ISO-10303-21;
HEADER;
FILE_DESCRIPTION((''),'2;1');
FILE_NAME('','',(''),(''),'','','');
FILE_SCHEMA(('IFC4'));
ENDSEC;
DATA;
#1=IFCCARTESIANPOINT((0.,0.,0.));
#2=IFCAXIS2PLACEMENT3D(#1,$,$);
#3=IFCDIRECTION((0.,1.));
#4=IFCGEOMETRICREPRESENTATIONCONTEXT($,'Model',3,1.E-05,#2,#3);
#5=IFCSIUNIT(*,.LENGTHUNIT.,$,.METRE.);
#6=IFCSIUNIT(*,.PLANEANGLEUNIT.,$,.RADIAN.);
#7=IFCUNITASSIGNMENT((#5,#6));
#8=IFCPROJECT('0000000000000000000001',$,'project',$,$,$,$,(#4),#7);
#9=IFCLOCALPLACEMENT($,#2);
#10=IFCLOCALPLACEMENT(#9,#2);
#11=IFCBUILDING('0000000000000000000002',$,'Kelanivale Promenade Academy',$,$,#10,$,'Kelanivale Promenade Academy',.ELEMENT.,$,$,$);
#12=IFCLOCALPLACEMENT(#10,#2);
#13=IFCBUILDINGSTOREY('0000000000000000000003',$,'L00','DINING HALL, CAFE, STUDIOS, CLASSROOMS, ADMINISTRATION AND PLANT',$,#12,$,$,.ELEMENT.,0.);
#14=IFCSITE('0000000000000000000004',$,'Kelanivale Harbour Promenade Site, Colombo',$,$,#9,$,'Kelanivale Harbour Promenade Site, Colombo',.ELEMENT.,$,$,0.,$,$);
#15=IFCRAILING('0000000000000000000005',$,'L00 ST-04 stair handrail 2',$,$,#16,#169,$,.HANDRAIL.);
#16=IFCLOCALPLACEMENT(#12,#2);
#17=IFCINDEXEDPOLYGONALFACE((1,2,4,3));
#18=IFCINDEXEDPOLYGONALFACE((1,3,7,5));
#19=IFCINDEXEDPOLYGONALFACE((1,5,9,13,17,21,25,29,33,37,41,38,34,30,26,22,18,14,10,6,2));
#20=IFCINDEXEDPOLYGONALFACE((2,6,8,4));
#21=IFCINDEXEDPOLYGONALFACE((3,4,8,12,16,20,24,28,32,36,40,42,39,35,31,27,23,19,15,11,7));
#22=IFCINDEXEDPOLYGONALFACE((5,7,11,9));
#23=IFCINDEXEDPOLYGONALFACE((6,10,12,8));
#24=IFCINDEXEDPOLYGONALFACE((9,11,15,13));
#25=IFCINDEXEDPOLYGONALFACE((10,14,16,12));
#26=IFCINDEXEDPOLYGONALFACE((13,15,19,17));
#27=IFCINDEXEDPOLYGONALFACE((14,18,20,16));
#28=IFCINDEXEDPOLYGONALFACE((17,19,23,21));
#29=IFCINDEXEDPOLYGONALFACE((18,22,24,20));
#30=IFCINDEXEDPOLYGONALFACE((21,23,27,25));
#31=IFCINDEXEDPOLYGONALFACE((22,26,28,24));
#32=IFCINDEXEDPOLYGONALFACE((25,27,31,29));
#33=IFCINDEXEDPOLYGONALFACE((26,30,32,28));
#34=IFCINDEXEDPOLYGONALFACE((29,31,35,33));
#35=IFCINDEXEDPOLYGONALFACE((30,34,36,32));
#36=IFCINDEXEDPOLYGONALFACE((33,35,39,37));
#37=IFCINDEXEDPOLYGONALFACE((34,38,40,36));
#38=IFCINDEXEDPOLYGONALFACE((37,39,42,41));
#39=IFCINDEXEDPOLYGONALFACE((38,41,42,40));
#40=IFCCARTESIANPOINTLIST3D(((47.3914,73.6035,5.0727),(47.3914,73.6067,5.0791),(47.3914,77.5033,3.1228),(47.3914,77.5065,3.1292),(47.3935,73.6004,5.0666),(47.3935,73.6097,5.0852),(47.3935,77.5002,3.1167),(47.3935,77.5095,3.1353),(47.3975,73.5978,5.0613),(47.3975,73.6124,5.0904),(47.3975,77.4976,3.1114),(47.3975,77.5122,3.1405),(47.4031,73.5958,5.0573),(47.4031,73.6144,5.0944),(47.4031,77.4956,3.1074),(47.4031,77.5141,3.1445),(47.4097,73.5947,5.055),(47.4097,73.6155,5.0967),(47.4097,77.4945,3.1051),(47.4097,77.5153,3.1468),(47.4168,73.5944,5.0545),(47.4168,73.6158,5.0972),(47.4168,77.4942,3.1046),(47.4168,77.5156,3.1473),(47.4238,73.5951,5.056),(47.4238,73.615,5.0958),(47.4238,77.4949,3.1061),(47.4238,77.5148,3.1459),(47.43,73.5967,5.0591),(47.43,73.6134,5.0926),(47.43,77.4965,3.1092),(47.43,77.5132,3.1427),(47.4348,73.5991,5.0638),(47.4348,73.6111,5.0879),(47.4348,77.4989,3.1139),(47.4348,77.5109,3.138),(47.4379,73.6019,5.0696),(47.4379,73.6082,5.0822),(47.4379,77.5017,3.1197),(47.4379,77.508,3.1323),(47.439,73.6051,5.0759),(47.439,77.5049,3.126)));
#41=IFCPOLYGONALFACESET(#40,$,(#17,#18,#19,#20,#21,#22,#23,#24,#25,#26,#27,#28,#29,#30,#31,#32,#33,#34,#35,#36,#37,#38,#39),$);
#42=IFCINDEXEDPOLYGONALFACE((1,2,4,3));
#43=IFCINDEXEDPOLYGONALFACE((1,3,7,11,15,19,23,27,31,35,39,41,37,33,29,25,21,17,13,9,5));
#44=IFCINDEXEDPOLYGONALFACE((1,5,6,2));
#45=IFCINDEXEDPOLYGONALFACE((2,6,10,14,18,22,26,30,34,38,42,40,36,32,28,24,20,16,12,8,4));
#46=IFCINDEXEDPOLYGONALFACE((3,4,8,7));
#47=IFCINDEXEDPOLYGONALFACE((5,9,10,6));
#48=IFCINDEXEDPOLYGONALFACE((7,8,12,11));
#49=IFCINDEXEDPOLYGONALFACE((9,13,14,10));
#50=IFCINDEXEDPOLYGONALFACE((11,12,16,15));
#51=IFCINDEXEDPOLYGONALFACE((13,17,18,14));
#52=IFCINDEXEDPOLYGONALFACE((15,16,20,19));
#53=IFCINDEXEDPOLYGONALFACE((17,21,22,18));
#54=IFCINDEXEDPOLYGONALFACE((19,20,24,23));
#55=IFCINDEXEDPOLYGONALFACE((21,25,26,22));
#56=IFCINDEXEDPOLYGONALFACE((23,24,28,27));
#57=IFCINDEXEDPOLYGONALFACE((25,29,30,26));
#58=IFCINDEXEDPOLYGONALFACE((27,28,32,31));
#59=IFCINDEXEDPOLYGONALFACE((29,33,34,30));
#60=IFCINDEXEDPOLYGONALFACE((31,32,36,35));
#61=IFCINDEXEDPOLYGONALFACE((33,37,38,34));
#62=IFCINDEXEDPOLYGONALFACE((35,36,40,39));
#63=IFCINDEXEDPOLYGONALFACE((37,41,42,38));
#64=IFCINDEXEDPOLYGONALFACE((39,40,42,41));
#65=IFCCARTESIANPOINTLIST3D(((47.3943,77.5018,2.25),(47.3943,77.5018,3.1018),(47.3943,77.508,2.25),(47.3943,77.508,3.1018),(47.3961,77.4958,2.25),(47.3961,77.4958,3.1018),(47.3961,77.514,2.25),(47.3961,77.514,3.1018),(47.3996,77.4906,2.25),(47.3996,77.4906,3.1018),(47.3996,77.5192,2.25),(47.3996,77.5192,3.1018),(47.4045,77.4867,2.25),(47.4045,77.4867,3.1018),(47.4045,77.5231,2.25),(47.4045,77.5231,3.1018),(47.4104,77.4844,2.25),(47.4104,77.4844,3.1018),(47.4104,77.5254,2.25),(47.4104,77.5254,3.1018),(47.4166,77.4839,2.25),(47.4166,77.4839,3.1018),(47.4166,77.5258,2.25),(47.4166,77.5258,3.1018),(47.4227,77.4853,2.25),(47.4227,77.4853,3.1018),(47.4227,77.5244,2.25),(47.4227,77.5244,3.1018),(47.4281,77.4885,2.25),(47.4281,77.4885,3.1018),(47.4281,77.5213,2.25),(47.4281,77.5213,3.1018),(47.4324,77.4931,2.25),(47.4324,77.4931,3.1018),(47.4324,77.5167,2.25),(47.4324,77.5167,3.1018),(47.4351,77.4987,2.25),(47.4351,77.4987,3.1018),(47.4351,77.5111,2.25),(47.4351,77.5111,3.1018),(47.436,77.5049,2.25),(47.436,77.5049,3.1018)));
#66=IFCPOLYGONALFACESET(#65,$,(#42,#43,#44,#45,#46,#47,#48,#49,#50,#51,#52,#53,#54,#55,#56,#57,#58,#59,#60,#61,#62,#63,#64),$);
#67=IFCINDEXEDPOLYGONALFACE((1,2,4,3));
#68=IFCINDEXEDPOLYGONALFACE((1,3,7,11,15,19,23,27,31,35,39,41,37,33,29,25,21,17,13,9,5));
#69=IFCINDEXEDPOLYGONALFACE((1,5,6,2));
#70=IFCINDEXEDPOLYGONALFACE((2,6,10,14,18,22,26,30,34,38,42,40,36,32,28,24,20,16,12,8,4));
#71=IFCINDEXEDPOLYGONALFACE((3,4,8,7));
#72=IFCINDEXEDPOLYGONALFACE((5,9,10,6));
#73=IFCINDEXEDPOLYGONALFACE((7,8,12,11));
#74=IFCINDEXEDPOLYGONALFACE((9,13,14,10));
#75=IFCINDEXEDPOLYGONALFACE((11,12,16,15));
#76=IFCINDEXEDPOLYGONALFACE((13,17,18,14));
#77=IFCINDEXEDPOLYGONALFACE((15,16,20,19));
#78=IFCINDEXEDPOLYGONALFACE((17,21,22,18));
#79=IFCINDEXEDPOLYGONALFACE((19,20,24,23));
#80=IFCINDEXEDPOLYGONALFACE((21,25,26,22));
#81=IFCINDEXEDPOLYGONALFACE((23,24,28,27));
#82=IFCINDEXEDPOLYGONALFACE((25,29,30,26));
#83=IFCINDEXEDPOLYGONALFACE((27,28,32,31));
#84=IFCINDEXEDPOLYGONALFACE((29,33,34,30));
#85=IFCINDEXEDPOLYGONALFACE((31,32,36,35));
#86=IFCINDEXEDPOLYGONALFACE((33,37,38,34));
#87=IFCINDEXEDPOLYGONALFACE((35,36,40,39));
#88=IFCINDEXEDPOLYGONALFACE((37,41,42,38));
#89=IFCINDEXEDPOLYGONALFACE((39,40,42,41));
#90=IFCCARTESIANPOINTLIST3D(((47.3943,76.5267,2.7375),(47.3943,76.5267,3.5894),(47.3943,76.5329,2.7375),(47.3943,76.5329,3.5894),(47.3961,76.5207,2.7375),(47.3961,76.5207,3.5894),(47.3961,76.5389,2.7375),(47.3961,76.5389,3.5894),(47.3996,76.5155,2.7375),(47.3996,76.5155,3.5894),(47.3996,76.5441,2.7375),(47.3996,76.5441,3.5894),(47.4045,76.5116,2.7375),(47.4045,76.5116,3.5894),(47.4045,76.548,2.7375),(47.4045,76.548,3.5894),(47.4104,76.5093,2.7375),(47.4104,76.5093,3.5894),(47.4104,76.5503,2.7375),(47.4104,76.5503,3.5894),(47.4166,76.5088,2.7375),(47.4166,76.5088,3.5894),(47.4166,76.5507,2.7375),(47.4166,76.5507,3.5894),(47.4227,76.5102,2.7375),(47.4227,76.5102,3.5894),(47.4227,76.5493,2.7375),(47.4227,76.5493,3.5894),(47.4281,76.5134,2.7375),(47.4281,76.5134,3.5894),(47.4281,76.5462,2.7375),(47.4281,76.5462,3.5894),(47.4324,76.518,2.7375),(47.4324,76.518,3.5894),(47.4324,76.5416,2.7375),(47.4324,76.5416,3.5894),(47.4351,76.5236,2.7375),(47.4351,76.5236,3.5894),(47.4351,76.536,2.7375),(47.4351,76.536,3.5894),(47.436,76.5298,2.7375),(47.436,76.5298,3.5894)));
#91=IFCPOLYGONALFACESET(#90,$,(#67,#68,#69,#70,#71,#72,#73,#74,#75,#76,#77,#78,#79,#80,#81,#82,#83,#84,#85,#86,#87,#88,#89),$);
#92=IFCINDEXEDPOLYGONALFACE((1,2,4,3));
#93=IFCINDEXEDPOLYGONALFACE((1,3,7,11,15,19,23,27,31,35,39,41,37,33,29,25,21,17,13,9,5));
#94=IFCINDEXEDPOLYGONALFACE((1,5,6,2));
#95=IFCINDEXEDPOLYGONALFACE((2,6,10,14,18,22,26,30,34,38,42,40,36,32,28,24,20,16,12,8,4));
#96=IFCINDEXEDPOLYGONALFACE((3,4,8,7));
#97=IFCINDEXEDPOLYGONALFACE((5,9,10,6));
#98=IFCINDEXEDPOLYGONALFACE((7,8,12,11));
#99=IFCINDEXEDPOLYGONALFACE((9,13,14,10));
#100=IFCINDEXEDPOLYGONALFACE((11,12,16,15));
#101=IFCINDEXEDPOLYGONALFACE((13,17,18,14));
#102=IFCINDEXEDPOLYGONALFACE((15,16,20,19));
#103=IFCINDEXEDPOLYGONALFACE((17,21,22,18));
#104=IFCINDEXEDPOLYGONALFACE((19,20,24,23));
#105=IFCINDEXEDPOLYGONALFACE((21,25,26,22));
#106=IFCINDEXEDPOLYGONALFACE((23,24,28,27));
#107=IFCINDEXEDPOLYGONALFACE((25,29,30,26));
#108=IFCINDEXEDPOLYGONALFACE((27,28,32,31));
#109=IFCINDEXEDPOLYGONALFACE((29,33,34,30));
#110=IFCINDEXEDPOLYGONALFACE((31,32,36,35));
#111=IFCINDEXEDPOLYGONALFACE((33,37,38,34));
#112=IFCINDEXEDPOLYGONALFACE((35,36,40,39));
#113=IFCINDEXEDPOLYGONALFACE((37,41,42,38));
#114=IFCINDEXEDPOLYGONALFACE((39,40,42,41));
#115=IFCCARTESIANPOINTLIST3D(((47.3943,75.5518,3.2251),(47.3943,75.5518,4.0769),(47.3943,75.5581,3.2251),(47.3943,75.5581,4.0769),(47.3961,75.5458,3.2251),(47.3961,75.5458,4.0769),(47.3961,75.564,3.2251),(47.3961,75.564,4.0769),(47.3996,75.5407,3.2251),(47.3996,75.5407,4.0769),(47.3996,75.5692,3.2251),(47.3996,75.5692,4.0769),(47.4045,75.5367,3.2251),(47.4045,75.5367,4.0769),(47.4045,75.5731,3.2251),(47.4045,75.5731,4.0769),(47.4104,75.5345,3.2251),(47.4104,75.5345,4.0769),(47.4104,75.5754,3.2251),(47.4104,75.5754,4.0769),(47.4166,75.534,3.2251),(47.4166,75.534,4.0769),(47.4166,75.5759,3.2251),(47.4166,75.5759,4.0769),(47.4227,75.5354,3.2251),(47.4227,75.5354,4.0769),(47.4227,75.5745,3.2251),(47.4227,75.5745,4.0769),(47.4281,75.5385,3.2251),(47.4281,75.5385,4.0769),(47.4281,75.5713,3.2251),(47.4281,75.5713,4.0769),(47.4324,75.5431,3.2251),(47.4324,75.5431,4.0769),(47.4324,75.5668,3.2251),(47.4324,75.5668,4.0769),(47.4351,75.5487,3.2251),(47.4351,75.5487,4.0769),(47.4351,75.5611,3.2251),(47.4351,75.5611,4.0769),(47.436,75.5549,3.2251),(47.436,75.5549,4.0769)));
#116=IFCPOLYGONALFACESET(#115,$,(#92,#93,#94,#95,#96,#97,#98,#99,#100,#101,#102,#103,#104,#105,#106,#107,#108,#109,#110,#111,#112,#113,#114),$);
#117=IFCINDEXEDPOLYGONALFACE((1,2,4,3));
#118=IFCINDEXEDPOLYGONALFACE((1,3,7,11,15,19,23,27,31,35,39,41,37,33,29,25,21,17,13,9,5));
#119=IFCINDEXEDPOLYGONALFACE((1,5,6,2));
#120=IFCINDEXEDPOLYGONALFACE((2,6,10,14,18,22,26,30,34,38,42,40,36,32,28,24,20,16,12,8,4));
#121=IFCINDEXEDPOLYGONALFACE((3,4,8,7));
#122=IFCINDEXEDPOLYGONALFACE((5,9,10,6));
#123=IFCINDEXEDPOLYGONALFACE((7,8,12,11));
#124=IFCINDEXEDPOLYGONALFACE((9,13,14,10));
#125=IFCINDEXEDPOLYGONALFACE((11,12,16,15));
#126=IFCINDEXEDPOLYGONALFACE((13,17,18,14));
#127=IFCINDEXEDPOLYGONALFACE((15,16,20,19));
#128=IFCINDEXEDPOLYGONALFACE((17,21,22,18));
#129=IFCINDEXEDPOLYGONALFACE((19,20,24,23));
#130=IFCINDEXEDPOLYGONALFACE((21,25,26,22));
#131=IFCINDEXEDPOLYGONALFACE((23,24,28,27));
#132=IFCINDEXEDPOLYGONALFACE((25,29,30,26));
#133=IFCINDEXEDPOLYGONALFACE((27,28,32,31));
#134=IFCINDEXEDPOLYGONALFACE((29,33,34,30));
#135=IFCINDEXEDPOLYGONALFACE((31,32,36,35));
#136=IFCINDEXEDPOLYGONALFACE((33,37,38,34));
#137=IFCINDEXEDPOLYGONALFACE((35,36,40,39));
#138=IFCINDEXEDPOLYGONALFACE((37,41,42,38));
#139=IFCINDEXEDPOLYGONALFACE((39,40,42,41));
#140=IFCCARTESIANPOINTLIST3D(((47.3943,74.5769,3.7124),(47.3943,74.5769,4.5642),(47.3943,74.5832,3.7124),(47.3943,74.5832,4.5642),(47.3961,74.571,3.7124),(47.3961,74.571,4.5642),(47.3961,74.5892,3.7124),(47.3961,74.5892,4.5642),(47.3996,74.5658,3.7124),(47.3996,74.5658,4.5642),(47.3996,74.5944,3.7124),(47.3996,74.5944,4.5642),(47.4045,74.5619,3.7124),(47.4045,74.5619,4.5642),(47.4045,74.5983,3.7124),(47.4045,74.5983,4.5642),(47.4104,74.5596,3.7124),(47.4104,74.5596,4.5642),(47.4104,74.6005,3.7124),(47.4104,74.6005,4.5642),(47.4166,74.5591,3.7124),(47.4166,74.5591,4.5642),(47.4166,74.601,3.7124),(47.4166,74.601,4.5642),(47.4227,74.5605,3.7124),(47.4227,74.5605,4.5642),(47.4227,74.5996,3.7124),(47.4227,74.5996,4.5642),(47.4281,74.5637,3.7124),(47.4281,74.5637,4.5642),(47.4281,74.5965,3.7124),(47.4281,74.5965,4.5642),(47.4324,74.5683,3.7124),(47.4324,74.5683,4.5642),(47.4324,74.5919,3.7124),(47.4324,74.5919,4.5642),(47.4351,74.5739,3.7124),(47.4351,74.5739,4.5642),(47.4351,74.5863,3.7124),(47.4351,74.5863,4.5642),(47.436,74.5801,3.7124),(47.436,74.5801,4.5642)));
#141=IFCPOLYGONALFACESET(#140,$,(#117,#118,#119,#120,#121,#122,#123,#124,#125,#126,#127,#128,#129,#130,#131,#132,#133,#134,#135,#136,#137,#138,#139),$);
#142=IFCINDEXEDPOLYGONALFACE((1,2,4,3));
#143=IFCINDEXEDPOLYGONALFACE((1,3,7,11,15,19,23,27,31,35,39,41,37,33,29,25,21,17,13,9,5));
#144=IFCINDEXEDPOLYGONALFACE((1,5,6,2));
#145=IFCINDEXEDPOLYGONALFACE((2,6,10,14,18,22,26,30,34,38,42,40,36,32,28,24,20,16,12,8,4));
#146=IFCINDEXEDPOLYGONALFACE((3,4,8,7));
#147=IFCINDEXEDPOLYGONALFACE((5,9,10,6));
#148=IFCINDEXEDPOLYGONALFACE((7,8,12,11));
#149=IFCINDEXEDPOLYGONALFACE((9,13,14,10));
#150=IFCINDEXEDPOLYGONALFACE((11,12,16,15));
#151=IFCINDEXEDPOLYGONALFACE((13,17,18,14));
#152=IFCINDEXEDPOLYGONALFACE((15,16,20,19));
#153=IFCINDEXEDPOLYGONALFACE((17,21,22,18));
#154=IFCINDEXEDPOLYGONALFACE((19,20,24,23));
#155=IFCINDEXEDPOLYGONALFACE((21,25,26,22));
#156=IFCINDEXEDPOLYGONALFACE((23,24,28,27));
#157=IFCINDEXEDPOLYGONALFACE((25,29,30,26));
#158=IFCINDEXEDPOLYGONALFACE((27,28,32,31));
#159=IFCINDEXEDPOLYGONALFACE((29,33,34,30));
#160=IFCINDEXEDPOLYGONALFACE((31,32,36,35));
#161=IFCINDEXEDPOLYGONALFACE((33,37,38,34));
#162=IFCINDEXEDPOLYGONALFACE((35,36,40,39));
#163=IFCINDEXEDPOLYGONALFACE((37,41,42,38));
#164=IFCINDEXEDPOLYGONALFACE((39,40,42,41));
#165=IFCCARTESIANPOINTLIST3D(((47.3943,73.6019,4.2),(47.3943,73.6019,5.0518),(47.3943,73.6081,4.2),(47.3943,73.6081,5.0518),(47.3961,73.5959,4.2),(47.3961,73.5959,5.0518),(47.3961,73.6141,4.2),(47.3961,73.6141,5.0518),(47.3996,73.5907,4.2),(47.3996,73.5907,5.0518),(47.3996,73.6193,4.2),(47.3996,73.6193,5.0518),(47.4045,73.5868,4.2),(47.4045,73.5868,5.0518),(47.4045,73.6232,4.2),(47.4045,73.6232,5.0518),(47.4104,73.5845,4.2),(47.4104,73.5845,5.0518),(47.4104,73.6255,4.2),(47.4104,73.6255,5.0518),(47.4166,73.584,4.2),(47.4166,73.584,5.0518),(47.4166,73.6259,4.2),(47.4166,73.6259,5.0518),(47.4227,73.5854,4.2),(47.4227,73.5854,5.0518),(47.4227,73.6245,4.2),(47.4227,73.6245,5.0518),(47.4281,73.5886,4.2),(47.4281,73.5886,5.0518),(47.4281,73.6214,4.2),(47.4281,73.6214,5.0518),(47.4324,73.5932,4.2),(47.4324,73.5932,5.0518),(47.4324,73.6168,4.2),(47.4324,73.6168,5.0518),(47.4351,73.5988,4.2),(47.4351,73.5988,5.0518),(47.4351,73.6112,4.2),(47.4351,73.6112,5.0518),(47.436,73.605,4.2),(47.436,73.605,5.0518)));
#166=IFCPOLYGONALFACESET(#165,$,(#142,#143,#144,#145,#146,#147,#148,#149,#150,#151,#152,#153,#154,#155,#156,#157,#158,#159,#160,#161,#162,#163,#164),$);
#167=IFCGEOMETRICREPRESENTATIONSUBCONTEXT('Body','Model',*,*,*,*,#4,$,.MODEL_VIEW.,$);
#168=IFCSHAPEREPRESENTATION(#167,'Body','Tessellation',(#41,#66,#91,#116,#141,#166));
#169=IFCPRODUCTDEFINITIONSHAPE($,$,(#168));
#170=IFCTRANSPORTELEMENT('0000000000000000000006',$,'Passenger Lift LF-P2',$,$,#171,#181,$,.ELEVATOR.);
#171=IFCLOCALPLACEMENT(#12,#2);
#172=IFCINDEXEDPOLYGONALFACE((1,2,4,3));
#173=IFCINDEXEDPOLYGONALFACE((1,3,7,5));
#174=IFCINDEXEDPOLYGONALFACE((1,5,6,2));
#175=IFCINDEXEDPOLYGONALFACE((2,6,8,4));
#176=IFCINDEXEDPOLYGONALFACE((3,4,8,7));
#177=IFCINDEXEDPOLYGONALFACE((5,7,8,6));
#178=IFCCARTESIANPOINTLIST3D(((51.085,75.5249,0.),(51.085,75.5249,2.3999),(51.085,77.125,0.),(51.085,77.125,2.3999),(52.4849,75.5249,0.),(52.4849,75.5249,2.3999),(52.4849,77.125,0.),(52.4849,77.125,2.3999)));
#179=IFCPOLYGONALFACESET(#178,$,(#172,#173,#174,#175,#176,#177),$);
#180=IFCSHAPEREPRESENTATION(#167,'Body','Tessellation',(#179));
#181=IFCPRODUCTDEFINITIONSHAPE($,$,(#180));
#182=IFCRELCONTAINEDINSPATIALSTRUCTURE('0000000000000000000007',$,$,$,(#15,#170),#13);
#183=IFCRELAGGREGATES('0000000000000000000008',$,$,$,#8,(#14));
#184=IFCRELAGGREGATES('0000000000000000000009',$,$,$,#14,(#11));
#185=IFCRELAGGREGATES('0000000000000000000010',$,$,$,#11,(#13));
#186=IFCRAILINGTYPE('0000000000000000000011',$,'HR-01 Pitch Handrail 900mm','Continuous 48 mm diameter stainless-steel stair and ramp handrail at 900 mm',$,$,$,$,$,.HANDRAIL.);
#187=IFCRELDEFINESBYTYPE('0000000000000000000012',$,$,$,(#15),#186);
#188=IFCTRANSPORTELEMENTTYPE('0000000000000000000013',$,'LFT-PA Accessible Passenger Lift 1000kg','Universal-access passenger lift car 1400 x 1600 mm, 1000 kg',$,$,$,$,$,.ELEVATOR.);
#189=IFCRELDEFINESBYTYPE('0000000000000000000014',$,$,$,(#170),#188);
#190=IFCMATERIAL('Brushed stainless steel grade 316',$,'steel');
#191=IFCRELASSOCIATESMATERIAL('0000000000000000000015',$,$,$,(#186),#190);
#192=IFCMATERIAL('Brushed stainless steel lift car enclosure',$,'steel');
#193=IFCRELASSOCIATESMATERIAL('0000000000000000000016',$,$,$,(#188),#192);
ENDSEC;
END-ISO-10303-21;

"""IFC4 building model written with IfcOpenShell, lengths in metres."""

from ifc_helpers import new_model, si_unit, direction, frame, origin, origin_2d, place, context, subcontext, project, spatial, rectangle, circle, extrude, material, type_object, element, save


model = new_model("IFC4")

# Units and contexts
model_context = context("Model", 3, precision=1e-05, world=origin(), true_north=direction((0.0, 1.0)))
body_context = subcontext(model_context, "Body", "Model", "MODEL_VIEW")
ifc_project = project(units=[si_unit("LENGTHUNIT", "METRE"), si_unit("PLANEANGLEUNIT", "RADIAN")], contexts=[model_context])

# Site, building, storey
site_placement = place(None, origin())
site = spatial("IfcSite", under=ifc_project, at=site_placement, Name="Kelanivale Harbour Promenade Site, Colombo", LongName="Kelanivale Harbour Promenade Site, Colombo", CompositionType="ELEMENT", RefElevation=0.0)
building_placement = place(site_placement, origin())
building = spatial("IfcBuilding", under=site, at=building_placement, Name="Kelanivale Promenade Academy", LongName="Kelanivale Promenade Academy", CompositionType="ELEMENT")
storey_placement = place(building_placement, origin())
storey = spatial("IfcBuildingStorey", under=building, at=storey_placement, Name="L00", Description="DINING HALL, CAFE, STUDIOS, CLASSROOMS, ADMINISTRATION AND PLANT", CompositionType="ELEMENT", Elevation=0.0)

# Railing
ifc_material_1 = material(Name="Brushed stainless steel grade 316", Category="steel")
railing_type_1 = type_object("IfcRailingType", Name="HR-01 Pitch Handrail 900mm", Description="Continuous 48 mm diameter stainless-steel stair and ramp handrail at 900 mm", PredefinedType="HANDRAIL", material=ifc_material_1)
railing_1_placement = place(storey_placement, frame((47.415, 77.5049, 2.25)))
element("IfcRailing", 1, at=railing_1_placement, inside=storey, type_object=railing_type_1, Name="L00 ST-04 stair handrail 2", PredefinedType="HANDRAIL", context=body_context, shape_type="SweptSolid", body=[
    extrude(circle(Radius=0.0239, at=origin_2d()), frame((0.0, 0.0, 0.876), z_axis=(0.0, -0.894427, 0.447214), x_axis=(1.0, 0.0, 0.0)), (0.0, 0.0, 1.0), 4.3601),
    extrude(circle(Radius=0.021, at=origin_2d()), origin(), (0.0, 0.0, 1.0), 0.8518),
    extrude(circle(Radius=0.021, at=origin_2d()), frame((0.0, -0.9751, 0.4875)), (0.0, 0.0, 1.0), 0.8518),
    extrude(circle(Radius=0.021, at=origin_2d()), frame((0.0, -1.95, 0.9751)), (0.0, 0.0, 1.0), 0.8518),
    extrude(circle(Radius=0.021, at=origin_2d()), frame((0.0, -2.9248, 1.4624)), (0.0, 0.0, 1.0), 0.8518),
    extrude(circle(Radius=0.021, at=origin_2d()), frame((0.0, -3.8999, 1.95)), (0.0, 0.0, 1.0), 0.8518),
])

# Transport element
ifc_material_2 = material(Name="Brushed stainless steel lift car enclosure", Category="steel")
transport_element_type = type_object("IfcTransportElementType", Name="LFT-PA Accessible Passenger Lift 1000kg", Description="Universal-access passenger lift car 1400 x 1600 mm, 1000 kg", PredefinedType="ELEVATOR", material=ifc_material_2)
transport_element_placement = place(storey_placement, frame((51.7849, 76.325, 0.0), z_axis=(0.0, 0.0, 1.0), x_axis=(1.0, 0.0, 0.0)))
element("IfcTransportElement", 2, at=transport_element_placement, inside=storey, type_object=transport_element_type, Name="Passenger Lift LF-P2", PredefinedType="ELEVATOR", context=body_context, shape_type="SweptSolid", body=[
    extrude(rectangle(XDim=1.3999, YDim=1.6001, at=origin_2d()), origin(), (0.0, 0.0, 1.0), 2.3999),
])

save(model, "model.ifc")
